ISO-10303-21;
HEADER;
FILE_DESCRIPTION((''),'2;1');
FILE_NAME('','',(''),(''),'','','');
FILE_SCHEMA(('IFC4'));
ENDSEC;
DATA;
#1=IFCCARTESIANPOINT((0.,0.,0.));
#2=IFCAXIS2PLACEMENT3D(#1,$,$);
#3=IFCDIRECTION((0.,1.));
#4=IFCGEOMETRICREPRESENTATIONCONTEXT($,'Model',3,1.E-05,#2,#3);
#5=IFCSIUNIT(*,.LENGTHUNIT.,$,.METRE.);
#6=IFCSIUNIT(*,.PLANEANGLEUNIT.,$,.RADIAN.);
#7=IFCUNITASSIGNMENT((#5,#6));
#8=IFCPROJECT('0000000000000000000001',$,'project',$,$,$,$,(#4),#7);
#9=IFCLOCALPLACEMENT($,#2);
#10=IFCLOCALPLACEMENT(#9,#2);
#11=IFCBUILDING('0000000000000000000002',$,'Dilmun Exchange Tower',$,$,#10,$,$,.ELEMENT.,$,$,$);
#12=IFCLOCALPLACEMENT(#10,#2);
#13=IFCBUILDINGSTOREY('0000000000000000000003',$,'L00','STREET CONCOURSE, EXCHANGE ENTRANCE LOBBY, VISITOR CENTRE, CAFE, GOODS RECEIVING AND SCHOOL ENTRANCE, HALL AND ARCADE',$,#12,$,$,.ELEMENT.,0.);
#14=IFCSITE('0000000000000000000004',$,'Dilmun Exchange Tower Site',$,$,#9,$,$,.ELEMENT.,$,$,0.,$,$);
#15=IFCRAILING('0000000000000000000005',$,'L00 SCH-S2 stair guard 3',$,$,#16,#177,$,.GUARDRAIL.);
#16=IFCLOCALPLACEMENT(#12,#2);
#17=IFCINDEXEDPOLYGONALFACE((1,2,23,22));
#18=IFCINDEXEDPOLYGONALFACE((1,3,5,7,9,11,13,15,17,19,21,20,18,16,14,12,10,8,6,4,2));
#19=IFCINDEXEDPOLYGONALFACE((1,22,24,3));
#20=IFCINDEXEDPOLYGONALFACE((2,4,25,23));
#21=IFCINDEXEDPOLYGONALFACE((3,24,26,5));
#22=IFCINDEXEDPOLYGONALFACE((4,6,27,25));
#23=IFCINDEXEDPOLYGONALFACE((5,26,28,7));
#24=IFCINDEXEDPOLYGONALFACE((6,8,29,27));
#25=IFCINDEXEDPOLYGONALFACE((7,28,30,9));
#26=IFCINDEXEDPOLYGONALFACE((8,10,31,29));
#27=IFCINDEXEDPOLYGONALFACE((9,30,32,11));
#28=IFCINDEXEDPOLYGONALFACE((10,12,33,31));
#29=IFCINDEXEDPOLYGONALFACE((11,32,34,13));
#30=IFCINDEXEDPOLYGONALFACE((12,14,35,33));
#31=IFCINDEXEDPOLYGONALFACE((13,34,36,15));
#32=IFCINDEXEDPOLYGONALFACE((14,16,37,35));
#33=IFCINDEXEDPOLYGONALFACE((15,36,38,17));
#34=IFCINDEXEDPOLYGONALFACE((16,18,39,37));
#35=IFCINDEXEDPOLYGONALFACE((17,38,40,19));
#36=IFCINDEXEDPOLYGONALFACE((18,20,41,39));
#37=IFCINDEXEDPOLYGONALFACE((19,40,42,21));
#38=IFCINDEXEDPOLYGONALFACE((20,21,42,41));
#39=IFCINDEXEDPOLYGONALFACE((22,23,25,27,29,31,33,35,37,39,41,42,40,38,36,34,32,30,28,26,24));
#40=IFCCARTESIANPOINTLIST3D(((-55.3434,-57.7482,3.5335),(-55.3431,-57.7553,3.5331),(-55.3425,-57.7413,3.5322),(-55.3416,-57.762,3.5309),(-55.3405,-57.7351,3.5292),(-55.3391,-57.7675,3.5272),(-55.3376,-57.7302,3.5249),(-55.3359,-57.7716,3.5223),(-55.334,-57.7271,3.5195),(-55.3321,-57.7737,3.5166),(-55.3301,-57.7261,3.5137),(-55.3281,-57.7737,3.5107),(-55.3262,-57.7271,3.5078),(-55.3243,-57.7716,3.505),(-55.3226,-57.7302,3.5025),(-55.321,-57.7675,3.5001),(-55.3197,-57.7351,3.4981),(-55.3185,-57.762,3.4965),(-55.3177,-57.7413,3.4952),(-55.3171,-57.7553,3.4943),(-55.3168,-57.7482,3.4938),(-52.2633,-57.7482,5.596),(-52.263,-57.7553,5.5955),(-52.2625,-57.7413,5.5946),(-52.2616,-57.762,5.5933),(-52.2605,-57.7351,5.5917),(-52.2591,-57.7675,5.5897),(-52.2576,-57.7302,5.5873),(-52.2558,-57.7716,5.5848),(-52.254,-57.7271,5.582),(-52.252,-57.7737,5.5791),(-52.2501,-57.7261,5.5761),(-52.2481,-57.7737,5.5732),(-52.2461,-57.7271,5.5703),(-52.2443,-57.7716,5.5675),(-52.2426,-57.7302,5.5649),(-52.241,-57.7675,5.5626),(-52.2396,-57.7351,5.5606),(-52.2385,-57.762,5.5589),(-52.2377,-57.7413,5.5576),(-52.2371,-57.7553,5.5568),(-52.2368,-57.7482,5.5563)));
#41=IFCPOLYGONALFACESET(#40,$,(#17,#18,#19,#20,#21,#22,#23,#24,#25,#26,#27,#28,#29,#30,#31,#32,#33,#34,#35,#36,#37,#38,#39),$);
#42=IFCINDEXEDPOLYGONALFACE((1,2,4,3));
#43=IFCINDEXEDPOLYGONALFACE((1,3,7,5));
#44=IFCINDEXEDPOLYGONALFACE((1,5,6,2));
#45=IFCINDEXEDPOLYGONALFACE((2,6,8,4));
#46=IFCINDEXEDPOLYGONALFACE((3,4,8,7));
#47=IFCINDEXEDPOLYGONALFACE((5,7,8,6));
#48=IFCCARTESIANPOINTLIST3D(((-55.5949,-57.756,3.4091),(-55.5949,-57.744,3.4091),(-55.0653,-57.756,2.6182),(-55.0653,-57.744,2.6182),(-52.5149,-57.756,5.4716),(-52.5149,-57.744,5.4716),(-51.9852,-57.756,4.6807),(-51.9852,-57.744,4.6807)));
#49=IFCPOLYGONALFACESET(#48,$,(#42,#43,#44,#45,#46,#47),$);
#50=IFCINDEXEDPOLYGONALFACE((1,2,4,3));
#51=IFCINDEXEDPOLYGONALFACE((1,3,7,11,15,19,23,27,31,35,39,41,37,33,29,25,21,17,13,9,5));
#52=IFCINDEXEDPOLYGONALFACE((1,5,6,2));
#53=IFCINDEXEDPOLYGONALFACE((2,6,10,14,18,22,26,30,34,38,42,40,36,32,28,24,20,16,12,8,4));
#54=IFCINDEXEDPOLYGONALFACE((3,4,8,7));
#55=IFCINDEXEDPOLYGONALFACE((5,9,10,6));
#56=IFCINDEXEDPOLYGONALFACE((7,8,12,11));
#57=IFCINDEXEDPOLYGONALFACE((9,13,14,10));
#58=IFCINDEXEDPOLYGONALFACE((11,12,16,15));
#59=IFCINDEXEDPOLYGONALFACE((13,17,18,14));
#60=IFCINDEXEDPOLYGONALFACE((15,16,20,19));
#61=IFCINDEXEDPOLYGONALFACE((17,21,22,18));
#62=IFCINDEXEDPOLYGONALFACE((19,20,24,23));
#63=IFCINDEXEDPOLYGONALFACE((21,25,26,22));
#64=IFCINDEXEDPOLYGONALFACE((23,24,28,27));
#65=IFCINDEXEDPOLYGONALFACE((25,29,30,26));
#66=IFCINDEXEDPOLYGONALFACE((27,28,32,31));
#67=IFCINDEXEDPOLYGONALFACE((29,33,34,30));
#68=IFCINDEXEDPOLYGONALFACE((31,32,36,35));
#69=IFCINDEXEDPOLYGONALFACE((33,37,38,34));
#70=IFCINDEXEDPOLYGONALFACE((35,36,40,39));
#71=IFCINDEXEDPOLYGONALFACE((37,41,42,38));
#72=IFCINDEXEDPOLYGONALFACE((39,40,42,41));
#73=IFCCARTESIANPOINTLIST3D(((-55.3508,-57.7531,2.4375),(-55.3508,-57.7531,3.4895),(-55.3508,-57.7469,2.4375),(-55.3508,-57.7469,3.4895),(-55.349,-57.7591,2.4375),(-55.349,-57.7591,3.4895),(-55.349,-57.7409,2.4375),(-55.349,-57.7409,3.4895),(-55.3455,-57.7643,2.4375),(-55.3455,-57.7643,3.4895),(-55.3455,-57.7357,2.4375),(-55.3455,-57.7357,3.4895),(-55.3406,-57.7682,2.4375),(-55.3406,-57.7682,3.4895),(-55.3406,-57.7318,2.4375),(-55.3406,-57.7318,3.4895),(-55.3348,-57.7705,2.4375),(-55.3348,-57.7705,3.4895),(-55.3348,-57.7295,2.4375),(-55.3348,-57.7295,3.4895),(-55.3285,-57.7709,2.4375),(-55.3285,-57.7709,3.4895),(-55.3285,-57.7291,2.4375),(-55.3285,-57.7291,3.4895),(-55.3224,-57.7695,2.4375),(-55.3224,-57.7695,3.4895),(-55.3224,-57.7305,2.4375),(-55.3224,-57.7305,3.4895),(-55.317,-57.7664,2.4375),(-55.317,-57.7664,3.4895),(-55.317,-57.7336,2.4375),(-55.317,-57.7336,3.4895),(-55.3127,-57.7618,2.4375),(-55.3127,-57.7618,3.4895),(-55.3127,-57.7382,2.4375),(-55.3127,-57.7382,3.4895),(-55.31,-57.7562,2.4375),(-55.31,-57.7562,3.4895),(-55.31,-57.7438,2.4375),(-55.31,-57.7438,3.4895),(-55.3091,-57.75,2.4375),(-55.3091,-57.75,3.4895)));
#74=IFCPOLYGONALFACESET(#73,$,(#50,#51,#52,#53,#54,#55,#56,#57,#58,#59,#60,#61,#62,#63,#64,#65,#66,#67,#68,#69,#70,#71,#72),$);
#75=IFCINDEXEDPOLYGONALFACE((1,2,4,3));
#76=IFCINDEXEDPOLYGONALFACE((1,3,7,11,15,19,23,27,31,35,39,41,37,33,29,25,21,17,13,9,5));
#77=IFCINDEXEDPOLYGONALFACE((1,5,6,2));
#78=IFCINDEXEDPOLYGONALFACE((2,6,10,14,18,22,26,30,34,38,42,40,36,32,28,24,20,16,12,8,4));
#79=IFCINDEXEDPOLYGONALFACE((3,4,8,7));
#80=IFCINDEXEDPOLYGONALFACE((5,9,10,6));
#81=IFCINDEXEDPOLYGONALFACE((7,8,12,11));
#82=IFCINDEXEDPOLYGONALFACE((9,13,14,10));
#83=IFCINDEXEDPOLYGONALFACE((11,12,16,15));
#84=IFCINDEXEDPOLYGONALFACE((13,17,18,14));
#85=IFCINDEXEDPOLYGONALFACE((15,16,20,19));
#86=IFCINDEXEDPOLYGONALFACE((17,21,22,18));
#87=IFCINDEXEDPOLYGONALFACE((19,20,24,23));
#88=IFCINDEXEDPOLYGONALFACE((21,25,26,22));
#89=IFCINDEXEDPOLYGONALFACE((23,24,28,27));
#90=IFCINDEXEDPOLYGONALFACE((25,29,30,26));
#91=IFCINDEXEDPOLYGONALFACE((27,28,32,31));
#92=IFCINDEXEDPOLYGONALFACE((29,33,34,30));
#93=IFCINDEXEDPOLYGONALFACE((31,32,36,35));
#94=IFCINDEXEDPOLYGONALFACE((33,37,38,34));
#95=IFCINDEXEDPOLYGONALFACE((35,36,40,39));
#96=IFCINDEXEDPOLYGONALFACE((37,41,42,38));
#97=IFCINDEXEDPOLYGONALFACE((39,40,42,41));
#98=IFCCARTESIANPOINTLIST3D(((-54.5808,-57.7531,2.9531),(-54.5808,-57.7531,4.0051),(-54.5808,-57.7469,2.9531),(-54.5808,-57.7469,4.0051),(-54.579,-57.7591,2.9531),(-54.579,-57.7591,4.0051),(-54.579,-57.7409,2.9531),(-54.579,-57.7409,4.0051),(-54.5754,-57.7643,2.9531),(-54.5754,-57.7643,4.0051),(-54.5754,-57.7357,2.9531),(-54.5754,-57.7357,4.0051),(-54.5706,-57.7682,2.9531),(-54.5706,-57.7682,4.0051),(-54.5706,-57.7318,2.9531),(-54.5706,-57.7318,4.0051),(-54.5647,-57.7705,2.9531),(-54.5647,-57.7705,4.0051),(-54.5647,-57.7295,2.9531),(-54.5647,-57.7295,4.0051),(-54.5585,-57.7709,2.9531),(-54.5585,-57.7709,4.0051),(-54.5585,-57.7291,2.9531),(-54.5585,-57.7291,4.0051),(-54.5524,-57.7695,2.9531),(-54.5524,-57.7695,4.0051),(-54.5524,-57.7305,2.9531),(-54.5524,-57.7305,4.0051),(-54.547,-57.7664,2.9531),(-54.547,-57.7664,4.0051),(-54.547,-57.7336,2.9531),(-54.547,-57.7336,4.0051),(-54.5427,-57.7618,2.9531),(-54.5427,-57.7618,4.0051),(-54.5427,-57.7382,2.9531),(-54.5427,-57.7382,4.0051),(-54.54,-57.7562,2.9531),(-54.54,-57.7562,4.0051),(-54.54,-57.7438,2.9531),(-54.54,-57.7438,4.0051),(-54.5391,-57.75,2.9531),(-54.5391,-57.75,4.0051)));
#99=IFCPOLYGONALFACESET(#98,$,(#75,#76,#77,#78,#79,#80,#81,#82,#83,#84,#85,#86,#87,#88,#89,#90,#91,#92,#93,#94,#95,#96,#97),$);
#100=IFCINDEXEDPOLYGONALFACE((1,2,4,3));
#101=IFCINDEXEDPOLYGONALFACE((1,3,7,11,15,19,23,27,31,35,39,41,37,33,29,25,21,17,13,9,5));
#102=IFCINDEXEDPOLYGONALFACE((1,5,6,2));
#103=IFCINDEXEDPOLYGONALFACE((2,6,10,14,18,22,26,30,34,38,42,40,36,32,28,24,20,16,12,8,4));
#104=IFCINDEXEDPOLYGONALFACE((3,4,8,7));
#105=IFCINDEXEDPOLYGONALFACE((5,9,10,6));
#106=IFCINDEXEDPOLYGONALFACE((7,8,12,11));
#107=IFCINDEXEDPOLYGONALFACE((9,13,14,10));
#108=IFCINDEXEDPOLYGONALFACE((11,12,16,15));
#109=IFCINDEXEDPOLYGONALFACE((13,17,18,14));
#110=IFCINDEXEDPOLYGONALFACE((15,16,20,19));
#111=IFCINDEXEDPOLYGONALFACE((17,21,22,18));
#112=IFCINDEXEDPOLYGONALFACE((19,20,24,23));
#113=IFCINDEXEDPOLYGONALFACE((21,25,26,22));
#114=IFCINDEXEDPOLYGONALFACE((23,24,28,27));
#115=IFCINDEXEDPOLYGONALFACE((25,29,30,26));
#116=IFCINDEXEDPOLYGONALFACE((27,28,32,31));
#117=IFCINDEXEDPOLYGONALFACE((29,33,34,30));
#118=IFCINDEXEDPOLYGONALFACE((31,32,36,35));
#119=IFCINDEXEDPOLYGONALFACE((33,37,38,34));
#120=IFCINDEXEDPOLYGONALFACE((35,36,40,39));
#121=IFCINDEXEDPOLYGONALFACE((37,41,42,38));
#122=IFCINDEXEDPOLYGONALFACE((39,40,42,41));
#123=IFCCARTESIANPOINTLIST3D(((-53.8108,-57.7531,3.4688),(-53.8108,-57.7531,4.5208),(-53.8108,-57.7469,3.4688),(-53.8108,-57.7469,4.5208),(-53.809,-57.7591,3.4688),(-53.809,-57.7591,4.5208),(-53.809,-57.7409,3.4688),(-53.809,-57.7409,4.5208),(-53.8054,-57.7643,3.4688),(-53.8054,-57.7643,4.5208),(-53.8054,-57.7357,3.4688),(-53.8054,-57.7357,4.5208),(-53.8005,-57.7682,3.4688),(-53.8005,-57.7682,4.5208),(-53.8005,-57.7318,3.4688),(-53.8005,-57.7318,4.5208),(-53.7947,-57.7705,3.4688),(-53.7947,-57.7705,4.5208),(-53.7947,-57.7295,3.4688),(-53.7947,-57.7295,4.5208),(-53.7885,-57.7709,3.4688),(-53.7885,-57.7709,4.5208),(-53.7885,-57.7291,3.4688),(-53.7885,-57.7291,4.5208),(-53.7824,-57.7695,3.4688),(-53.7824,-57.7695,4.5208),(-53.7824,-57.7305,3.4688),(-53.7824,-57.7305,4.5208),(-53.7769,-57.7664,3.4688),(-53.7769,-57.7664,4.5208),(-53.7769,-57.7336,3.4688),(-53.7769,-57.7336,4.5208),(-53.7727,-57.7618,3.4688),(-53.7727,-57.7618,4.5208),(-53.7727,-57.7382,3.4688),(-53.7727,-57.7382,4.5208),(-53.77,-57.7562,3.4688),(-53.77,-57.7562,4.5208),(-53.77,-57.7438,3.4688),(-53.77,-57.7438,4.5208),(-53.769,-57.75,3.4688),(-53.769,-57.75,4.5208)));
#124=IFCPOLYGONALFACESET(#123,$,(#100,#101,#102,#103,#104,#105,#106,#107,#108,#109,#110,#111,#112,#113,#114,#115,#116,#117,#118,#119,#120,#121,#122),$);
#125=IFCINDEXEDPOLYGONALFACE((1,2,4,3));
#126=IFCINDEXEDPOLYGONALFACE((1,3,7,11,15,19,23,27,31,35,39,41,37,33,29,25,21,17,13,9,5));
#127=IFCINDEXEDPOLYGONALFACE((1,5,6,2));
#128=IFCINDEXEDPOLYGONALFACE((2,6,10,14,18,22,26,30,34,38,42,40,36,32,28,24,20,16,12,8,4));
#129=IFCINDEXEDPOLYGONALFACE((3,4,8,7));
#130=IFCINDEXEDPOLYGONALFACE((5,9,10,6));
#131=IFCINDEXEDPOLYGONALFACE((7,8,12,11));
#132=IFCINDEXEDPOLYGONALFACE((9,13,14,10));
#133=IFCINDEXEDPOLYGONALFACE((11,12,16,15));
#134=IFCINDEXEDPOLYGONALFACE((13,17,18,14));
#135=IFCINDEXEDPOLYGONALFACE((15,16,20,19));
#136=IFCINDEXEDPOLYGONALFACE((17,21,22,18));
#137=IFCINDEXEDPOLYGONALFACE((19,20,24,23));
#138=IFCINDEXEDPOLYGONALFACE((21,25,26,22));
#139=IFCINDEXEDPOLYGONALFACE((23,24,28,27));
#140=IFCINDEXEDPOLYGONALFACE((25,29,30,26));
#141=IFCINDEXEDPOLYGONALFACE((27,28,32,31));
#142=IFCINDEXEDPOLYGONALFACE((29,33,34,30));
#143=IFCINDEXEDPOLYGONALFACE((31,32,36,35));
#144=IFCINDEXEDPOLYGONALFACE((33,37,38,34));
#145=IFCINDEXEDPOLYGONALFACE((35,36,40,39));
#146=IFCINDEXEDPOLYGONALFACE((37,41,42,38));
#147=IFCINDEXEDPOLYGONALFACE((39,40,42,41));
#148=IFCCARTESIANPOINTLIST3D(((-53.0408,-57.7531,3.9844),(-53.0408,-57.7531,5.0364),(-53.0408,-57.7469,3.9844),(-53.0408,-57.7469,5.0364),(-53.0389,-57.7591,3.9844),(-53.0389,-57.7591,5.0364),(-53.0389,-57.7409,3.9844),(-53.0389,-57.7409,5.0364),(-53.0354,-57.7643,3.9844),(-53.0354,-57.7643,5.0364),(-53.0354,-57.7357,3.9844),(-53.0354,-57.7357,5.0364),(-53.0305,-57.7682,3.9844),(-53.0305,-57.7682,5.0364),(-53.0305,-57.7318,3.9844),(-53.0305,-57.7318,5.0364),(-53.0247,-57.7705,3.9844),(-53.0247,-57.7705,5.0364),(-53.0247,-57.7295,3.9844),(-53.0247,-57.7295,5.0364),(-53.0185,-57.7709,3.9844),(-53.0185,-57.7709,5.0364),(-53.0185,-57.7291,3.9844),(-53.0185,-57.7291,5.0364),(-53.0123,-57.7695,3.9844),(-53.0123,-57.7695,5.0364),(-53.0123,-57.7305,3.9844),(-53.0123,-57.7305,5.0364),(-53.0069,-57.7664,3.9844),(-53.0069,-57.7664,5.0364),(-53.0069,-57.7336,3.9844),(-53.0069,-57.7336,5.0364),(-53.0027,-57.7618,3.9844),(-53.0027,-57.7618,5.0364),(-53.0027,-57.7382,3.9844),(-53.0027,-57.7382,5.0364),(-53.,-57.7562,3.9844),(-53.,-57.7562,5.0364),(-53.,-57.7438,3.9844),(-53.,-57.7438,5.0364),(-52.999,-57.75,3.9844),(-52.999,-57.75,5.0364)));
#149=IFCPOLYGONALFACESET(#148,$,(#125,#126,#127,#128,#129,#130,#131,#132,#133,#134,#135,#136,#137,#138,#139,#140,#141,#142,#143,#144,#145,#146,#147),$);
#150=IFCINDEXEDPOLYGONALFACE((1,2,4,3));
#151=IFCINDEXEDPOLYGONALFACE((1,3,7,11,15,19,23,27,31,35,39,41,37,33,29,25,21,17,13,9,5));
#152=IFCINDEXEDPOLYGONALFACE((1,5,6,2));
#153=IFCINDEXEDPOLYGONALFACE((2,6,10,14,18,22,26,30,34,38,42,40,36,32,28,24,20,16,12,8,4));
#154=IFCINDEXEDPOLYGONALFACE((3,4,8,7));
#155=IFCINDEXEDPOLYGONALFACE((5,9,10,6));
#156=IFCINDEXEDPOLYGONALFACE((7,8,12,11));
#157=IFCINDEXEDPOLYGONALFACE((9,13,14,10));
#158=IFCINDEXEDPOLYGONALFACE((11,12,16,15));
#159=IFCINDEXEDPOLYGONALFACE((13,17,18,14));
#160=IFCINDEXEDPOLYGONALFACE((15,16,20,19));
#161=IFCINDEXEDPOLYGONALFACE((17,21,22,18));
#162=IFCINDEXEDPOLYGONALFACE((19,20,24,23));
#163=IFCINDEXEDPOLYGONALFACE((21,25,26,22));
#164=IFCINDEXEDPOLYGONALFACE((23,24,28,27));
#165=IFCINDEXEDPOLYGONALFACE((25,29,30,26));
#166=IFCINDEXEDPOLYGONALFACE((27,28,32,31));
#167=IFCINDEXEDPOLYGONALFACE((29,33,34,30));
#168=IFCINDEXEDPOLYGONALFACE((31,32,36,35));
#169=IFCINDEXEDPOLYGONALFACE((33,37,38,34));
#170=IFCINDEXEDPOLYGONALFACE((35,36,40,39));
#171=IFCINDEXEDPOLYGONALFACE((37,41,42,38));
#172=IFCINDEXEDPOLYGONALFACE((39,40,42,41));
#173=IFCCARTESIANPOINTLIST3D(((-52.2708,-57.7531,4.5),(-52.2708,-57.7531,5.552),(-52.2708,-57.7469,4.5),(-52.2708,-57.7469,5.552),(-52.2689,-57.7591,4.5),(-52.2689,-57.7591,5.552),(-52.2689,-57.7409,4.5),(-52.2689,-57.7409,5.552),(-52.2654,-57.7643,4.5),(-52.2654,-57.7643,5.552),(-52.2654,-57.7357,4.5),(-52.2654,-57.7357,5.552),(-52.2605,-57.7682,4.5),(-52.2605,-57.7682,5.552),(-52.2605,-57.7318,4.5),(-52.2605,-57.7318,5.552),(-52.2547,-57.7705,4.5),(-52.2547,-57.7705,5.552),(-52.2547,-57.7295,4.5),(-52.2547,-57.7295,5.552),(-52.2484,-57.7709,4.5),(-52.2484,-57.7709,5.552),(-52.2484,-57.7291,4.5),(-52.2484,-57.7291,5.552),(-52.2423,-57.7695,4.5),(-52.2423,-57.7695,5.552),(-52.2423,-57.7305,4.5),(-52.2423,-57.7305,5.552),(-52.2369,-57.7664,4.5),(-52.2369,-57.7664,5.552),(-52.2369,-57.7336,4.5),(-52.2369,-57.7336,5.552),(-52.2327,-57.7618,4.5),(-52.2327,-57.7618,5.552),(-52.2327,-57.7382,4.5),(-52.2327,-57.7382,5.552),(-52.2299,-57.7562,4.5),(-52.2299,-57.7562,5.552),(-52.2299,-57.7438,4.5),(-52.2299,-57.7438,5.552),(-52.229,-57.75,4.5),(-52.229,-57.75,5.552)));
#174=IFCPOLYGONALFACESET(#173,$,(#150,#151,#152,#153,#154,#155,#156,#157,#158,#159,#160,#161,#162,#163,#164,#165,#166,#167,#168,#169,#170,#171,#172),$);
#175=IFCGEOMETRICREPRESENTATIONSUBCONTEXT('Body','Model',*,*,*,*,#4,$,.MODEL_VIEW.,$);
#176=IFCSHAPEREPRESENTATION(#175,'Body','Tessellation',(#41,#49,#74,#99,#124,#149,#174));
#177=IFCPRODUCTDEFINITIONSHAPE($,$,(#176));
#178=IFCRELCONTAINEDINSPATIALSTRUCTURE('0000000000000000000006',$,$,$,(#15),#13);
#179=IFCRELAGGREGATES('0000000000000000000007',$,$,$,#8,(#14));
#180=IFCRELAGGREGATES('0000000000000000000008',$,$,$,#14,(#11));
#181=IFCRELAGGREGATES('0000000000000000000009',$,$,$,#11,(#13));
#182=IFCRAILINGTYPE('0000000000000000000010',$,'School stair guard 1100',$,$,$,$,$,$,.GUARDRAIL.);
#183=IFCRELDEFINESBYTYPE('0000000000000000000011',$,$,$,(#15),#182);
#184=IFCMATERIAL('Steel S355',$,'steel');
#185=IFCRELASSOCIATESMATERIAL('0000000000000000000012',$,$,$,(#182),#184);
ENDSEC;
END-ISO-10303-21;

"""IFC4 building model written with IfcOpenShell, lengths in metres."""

from ifc_helpers import new_model, si_unit, direction, frame, origin, origin_2d, place, context, subcontext, project, spatial, rectangle, circle, extrude, material, type_object, element, save


model = new_model("IFC4")

# Units and contexts
model_context = context("Model", 3, precision=1e-05, world=origin(), true_north=direction((0.0, 1.0)))
body_context = subcontext(model_context, "Body", "Model", "MODEL_VIEW")
ifc_project = project(units=[si_unit("LENGTHUNIT", "METRE"), si_unit("PLANEANGLEUNIT", "RADIAN")], contexts=[model_context])

# Site, building, storey
site_placement = place(None, origin())
site = spatial("IfcSite", under=ifc_project, at=site_placement, Name="Dilmun Exchange Tower Site", CompositionType="ELEMENT", RefElevation=0.0)
building_placement = place(site_placement, origin())
building = spatial("IfcBuilding", under=site, at=building_placement, Name="Dilmun Exchange Tower", CompositionType="ELEMENT")
storey_placement = place(building_placement, origin())
storey = spatial("IfcBuildingStorey", under=building, at=storey_placement, Name="L00", Description="STREET CONCOURSE, EXCHANGE ENTRANCE LOBBY, VISITOR CENTRE, CAFE, GOODS RECEIVING AND SCHOOL ENTRANCE, HALL AND ARCADE", CompositionType="ELEMENT", Elevation=0.0)

# Railing
ifc_material_1 = material(Name="Steel S355", Category="steel")
railing_type_1 = type_object("IfcRailingType", Name="School stair guard 1100", PredefinedType="GUARDRAIL", material=ifc_material_1)
railing_1_placement = place(storey_placement, frame((-55.3301, -57.75, 2.4375)))
element("IfcRailing", 1, at=railing_1_placement, inside=storey, type_object=railing_type_1, Name="L00 SCH-S2 stair guard 3", PredefinedType="GUARDRAIL", context=body_context, shape_type="SweptSolid", body=[
    extrude(circle(Radius=0.0239, at=origin_2d()), frame((0.0, 0.0, 1.0762), z_axis=(0.830914, 0.0, 0.556401), x_axis=(0.0, 1.0, 0.0)), (0.0, 0.0, 1.0), 3.7068),
    extrude(rectangle(XDim=0.012, YDim=0.9519, at=origin_2d()), frame((0.0, 0.0, 0.5762), z_axis=(0.830914, 0.0, 0.556401), x_axis=(0.0, 1.0, 0.0)), (0.0, 0.0, 1.0), 3.7068),
    extrude(circle(Radius=0.021, at=origin_2d()), origin(), (0.0, 0.0, 1.0), 1.052),
    extrude(circle(Radius=0.021, at=origin_2d()), frame((0.77, 0.0, 0.5156)), (0.0, 0.0, 1.0), 1.052),
    extrude(circle(Radius=0.021, at=origin_2d()), frame((1.54, 0.0, 1.0312)), (0.0, 0.0, 1.0), 1.052),
    extrude(circle(Radius=0.021, at=origin_2d()), frame((2.3101, 0.0, 1.5469)), (0.0, 0.0, 1.0), 1.052),
    extrude(circle(Radius=0.021, at=origin_2d()), frame((3.0801, 0.0, 2.0625)), (0.0, 0.0, 1.0), 1.052),
])

save(model, "model.ifc")
